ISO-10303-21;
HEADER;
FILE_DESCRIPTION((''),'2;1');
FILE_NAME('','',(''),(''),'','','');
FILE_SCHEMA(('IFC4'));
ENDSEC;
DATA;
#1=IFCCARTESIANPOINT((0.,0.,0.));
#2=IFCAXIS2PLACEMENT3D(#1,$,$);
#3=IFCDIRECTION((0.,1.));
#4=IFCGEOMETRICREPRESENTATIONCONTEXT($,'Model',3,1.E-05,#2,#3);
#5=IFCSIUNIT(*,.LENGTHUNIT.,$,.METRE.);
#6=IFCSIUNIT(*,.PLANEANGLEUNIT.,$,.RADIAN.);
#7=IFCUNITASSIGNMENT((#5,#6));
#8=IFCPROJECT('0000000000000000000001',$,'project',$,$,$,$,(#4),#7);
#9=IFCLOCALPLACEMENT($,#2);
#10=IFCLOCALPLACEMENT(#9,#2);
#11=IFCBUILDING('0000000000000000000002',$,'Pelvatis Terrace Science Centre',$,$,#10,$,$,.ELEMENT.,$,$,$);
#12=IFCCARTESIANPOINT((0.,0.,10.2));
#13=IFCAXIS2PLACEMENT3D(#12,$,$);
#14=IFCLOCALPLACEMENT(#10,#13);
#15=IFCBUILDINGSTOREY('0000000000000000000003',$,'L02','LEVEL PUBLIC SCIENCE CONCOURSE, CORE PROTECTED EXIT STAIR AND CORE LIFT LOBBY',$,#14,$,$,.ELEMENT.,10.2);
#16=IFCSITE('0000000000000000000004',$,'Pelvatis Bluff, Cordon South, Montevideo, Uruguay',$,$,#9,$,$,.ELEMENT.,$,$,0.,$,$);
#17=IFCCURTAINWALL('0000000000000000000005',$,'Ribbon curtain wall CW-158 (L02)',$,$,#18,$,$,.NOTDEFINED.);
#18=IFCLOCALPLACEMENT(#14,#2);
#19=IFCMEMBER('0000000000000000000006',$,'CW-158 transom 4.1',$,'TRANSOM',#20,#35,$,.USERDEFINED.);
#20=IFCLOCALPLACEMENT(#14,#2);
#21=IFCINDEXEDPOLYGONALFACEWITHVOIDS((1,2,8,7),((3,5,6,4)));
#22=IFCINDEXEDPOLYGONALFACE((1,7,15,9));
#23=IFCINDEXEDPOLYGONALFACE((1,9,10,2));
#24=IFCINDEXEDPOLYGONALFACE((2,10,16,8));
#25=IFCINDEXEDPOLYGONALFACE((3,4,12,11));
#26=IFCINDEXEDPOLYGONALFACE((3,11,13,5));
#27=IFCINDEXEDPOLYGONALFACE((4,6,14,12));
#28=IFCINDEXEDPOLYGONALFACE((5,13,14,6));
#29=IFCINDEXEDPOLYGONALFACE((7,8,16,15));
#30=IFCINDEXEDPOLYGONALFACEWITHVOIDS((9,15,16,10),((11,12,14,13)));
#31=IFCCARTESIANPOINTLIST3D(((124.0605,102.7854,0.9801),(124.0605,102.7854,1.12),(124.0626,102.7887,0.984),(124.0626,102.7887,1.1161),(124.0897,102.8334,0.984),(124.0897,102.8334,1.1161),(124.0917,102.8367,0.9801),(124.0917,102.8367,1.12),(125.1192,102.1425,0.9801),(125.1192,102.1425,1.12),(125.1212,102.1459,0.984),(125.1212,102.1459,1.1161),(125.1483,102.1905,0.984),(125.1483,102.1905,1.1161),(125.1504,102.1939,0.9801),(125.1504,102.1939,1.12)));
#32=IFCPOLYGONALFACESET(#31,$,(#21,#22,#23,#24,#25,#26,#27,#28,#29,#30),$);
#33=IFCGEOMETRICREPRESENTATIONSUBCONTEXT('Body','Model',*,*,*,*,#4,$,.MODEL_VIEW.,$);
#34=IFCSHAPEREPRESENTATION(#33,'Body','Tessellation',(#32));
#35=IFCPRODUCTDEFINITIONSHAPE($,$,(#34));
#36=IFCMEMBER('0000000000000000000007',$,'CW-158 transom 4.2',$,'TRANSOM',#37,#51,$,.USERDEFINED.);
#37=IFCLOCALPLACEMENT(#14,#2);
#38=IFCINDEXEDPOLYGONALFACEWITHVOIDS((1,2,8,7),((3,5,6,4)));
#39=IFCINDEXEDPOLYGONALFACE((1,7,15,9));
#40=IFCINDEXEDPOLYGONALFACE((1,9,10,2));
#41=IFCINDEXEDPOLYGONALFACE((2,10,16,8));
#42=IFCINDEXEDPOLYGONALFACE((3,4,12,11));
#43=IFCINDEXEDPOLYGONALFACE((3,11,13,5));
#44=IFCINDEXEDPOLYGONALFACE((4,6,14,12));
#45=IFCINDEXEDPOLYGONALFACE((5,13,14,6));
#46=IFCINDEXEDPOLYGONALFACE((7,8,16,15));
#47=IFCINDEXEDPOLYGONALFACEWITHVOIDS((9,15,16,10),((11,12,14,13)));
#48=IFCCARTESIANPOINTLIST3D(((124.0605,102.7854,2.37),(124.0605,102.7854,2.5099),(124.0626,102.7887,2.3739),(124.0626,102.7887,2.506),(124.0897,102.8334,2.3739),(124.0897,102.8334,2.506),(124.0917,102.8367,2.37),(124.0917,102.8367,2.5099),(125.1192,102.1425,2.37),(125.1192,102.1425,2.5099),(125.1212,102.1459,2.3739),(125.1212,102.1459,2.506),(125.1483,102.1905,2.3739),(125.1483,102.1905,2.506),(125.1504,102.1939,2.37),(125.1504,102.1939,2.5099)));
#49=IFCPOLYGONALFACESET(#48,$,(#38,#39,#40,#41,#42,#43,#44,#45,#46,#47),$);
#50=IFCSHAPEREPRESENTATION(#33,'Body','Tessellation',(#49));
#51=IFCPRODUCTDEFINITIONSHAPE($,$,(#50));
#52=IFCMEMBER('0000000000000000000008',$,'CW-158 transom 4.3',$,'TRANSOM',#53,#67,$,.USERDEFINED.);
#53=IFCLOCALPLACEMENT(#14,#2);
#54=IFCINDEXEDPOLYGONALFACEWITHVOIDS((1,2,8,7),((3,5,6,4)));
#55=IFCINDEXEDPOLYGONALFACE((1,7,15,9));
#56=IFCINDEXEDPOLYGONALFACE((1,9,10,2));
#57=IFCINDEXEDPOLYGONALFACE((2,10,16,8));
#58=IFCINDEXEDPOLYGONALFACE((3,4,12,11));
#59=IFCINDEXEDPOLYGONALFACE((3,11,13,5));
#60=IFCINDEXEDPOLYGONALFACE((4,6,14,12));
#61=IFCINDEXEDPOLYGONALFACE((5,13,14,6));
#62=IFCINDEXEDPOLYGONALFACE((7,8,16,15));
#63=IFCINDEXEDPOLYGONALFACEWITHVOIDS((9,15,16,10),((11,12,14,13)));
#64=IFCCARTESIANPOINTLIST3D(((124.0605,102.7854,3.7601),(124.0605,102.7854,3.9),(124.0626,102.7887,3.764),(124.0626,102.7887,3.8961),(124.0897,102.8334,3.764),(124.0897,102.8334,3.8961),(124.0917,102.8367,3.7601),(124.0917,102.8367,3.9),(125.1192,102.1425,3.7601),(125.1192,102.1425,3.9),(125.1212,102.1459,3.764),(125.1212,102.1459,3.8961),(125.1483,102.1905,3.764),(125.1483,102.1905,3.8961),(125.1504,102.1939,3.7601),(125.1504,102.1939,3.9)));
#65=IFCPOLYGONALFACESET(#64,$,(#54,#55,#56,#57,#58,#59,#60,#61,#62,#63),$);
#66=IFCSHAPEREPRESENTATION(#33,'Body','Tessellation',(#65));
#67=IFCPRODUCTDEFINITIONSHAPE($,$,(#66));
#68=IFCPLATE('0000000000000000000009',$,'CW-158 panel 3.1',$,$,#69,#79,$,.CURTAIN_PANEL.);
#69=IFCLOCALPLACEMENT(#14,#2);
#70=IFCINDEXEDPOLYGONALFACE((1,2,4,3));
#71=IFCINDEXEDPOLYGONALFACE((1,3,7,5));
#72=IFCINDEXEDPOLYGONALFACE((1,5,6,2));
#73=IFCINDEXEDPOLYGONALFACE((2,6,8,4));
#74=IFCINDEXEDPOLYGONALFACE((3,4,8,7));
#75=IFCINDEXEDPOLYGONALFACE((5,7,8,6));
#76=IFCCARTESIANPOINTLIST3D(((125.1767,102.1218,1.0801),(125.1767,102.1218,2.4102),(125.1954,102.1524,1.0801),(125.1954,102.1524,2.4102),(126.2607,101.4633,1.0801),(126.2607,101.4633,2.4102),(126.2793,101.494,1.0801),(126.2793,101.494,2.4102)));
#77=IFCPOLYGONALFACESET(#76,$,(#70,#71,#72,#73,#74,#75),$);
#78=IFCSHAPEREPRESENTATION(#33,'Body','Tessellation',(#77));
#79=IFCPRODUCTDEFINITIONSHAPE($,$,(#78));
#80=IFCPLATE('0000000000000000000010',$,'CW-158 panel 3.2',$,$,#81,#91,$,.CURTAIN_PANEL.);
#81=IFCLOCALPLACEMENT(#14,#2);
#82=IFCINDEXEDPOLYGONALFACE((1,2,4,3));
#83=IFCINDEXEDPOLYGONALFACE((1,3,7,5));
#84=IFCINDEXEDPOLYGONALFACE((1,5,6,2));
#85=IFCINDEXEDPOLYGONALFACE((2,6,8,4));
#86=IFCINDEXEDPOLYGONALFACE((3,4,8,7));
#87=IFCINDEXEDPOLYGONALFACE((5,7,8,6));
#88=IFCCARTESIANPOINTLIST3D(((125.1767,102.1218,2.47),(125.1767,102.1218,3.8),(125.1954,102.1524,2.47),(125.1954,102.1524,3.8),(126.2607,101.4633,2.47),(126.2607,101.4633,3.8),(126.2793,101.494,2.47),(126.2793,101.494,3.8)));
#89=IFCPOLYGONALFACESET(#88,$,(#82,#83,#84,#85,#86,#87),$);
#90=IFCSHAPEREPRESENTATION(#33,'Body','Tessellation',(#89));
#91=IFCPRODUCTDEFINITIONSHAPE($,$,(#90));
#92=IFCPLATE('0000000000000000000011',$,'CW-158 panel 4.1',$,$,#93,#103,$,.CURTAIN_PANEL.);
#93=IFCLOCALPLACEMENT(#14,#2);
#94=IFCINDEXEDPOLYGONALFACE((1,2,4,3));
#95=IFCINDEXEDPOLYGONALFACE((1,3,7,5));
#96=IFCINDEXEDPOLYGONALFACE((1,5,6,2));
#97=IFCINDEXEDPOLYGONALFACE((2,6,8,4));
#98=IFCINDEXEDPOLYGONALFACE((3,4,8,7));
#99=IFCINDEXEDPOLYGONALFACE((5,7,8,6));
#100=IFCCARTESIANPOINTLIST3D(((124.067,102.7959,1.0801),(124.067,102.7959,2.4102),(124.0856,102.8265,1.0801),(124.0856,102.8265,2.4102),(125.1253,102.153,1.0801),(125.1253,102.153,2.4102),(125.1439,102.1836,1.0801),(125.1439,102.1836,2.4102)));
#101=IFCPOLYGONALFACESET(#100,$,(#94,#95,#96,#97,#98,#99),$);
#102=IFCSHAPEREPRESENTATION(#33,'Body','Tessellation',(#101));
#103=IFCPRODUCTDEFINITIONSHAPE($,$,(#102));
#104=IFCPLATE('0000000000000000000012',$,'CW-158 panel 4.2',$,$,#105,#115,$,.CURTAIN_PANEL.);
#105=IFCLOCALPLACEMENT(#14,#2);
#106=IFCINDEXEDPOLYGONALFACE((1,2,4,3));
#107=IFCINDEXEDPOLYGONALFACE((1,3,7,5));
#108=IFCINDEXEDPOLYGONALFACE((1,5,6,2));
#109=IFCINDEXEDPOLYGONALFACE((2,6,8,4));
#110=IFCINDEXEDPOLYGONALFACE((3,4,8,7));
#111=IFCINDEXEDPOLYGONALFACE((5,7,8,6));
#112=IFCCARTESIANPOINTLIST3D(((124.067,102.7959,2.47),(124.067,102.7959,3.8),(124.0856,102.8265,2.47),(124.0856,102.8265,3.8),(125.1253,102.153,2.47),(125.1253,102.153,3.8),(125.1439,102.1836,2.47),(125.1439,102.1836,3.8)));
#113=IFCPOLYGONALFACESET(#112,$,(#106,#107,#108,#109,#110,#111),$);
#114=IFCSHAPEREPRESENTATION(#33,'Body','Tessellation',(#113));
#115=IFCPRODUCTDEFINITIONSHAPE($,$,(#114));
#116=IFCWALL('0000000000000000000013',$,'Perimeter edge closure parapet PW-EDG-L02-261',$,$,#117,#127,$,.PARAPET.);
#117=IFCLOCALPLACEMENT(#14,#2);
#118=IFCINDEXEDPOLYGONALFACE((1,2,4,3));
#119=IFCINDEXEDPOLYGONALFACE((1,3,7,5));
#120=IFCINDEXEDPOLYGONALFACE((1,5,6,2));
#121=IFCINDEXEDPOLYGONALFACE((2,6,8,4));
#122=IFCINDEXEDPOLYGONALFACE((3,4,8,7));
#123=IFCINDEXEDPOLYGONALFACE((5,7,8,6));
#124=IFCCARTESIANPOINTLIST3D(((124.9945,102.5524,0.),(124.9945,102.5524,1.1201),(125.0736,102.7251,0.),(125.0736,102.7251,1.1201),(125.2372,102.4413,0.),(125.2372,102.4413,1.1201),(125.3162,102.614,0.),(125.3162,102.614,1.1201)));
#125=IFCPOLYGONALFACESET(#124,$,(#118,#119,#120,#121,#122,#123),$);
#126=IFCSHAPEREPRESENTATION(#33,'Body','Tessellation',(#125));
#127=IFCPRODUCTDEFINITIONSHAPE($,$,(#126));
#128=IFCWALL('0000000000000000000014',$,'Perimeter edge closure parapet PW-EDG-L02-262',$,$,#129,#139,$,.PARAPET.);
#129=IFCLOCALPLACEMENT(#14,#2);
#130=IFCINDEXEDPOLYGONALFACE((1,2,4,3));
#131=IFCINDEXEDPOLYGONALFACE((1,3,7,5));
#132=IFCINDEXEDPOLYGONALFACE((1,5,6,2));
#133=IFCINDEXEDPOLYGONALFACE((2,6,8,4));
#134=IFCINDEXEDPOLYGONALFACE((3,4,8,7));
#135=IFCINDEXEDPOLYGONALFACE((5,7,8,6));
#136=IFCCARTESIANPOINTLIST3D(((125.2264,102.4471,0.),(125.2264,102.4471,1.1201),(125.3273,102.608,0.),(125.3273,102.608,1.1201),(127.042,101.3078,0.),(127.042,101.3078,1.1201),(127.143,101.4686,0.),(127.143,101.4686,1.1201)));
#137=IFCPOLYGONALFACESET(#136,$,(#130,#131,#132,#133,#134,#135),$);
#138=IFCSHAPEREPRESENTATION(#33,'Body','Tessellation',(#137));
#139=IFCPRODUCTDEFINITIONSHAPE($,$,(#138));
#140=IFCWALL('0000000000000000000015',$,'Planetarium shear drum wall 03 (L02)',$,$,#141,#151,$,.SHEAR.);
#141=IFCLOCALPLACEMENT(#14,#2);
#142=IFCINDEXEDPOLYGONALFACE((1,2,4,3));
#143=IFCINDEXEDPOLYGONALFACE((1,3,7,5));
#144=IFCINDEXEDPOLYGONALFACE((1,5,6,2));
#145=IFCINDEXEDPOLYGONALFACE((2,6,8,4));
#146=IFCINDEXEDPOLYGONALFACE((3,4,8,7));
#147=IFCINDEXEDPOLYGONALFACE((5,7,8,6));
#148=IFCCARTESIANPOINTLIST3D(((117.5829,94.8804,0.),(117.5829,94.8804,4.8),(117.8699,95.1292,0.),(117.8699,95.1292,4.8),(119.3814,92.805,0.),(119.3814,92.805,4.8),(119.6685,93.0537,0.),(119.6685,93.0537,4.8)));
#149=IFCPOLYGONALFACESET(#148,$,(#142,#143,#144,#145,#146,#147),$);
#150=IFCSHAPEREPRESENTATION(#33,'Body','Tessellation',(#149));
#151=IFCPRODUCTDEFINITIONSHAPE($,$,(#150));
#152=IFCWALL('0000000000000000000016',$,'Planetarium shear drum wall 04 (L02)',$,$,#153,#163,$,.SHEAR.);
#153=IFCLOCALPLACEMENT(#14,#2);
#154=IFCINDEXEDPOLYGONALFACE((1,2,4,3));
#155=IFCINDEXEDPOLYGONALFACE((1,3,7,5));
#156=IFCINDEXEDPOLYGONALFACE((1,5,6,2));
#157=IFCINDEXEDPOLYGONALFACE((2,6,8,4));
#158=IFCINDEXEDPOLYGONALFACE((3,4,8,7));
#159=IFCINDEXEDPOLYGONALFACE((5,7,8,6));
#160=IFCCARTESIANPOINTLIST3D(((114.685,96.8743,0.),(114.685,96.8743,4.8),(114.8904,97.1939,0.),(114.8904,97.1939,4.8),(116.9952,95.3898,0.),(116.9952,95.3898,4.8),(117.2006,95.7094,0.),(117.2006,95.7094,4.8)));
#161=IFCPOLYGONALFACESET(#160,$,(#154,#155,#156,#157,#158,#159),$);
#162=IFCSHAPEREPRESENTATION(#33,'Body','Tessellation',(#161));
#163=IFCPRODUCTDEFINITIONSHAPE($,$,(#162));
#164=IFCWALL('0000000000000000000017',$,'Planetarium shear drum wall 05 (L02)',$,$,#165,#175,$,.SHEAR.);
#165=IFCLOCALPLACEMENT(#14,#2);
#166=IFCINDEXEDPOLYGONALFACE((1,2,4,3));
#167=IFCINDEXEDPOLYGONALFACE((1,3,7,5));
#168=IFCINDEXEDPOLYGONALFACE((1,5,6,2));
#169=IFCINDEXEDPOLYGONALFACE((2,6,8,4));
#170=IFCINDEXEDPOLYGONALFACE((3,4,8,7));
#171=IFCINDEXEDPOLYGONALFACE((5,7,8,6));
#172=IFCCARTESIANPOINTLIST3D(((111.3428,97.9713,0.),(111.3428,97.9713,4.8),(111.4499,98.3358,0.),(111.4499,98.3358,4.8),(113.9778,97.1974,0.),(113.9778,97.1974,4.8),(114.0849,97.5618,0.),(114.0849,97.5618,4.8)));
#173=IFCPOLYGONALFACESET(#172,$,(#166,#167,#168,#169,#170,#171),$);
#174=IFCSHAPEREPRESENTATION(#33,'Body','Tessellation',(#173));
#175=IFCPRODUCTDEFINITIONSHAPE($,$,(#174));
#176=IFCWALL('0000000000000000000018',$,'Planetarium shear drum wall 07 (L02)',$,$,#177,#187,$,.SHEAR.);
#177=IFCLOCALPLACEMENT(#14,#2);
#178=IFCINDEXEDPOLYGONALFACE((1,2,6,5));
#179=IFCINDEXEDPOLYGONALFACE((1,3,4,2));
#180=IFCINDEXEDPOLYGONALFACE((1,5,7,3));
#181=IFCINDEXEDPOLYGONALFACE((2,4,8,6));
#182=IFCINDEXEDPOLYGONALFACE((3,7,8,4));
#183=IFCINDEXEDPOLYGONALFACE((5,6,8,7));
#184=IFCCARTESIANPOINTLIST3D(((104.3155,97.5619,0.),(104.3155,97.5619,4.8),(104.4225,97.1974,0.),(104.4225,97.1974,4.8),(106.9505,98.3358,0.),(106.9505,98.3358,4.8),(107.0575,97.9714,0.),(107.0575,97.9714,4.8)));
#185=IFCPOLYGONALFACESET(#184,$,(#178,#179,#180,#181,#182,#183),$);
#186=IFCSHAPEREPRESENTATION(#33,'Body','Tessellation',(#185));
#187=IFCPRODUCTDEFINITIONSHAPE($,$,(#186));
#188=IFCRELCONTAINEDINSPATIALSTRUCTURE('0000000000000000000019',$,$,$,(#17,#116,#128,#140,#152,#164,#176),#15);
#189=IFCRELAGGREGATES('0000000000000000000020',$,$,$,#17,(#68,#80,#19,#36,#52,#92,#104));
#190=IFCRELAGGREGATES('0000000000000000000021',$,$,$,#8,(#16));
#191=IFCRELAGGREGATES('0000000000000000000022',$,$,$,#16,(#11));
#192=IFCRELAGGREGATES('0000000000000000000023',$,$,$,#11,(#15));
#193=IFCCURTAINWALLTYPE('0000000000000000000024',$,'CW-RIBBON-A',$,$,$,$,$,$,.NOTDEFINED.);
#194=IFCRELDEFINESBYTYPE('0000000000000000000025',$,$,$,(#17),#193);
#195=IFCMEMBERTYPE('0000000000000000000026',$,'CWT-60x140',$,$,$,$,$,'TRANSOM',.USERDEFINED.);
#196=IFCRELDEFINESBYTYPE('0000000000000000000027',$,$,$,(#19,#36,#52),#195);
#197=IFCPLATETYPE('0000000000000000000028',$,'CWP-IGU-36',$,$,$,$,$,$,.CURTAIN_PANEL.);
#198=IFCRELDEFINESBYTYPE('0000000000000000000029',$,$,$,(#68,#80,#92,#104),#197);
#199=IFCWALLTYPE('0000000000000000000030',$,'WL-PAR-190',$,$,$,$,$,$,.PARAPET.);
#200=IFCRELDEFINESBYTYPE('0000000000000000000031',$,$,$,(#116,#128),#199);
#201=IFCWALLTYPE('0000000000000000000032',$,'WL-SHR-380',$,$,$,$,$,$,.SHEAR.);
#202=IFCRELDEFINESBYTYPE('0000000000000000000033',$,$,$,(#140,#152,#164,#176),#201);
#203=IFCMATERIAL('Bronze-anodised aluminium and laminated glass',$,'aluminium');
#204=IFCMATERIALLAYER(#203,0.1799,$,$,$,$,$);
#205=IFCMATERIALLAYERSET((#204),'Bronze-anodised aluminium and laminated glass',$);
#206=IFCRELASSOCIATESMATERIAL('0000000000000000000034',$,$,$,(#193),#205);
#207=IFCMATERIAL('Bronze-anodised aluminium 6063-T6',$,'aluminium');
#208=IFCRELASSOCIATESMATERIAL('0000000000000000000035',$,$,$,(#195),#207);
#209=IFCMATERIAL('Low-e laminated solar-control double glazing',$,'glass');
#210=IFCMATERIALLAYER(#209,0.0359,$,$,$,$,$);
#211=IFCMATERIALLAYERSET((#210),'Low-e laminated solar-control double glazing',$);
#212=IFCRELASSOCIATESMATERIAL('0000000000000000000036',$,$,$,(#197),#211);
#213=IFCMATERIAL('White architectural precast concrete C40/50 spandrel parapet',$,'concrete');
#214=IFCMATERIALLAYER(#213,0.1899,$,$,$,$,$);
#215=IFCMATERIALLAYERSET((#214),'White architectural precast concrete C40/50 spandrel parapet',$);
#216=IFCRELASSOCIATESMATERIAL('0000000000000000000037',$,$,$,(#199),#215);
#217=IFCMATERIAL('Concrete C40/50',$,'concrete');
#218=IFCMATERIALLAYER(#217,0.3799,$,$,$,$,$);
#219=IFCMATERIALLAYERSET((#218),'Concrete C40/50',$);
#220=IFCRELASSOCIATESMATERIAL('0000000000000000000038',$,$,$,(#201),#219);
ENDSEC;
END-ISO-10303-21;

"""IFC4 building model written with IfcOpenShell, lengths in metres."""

from ifc_helpers import new_model, si_unit, direction, frame, frame_2d, origin, origin_2d, place, context, subcontext, project, spatial, rectangle, hollow_rectangle, extrude, material, layer, layer_set, material_profile, profile_set, type_object, element, aggregate, save


model = new_model("IFC4")

# Units and contexts
model_context = context("Model", 3, precision=1e-05, world=origin(), true_north=direction((0.0, 1.0)))
body_context = subcontext(model_context, "Body", "Model", "MODEL_VIEW")
ifc_project = project(units=[si_unit("LENGTHUNIT", "METRE"), si_unit("PLANEANGLEUNIT", "RADIAN")], contexts=[model_context])

# Site, building, storey
site_placement = place(None, origin())
site = spatial("IfcSite", under=ifc_project, at=site_placement, Name="Pelvatis Bluff, Cordon South, Montevideo, Uruguay", CompositionType="ELEMENT", RefElevation=0.0)
building_placement = place(site_placement, origin())
building = spatial("IfcBuilding", under=site, at=building_placement, Name="Pelvatis Terrace Science Centre", CompositionType="ELEMENT")
storey_placement = place(building_placement, frame((0.0, 0.0, 10.2)))
storey = spatial("IfcBuildingStorey", under=building, at=storey_placement, Name="L02", Description="LEVEL PUBLIC SCIENCE CONCOURSE, CORE PROTECTED EXIT STAIR AND CORE LIFT LOBBY", CompositionType="ELEMENT", Elevation=10.2)

# Curtain wall, members, plates
ifc_material_1 = material(Name="Bronze-anodised aluminium and laminated glass", Category="aluminium")
ifc_layer_1 = layer(ifc_material_1, 0.1799)
ifc_layer_set_1 = layer_set([ifc_layer_1], Name="Bronze-anodised aluminium and laminated glass")
curtain_wall_type = type_object("IfcCurtainWallType", Name="CW-RIBBON-A", PredefinedType="NOTDEFINED", material=ifc_layer_set_1)
curtain_wall_placement = place(storey_placement, origin())
curtain_wall = element("IfcCurtainWall", 1, at=curtain_wall_placement, inside=storey, type_object=curtain_wall_type, Name="Ribbon curtain wall CW-158 (L02)", PredefinedType="NOTDEFINED")
ifc_material_2 = material(Name="Bronze-anodised aluminium 6063-T6", Category="aluminium")
ifc_material_profile_1 = material_profile(ifc_material_2, hollow_rectangle(XDim=0.0601, YDim=0.1399, WallThickness=0.0039, at=origin_2d()), Name="ALU-TRN 60x140")
ifc_profile_set_1 = profile_set([ifc_material_profile_1], Name="Bronze-anodised aluminium 6063-T6")
member_type_1 = type_object("IfcMemberType", Name="CWT-60x140", ElementType="TRANSOM", PredefinedType="USERDEFINED", material=ifc_profile_set_1)
member_1_placement = place(storey_placement, frame((125.1348, 102.1682, 1.05), z_axis=(-0.85475, 0.51904, 0.0), x_axis=(-0.51904, -0.85475, 0.0)))
member_1 = element("IfcMember", 2, at=member_1_placement, type_object=member_type_1, Name="CW-158 transom 4.1", ObjectType="TRANSOM", PredefinedType="USERDEFINED", context=body_context, shape_type="SweptSolid", body=[
    extrude(hollow_rectangle(XDim=0.0601, YDim=0.1399, WallThickness=0.0039, at=origin_2d()), origin(), (0.0, 0.0, 1.0), 1.2385),
])
member_2_placement = place(storey_placement, frame((125.1348, 102.1682, 2.4399), z_axis=(-0.85475, 0.51904, 0.0), x_axis=(-0.51904, -0.85475, 0.0)))
member_2 = element("IfcMember", 3, at=member_2_placement, type_object=member_type_1, Name="CW-158 transom 4.2", ObjectType="TRANSOM", PredefinedType="USERDEFINED", context=body_context, shape_type="SweptSolid", body=[
    extrude(hollow_rectangle(XDim=0.0601, YDim=0.1399, WallThickness=0.0039, at=origin_2d()), origin(), (0.0, 0.0, 1.0), 1.2385),
])
member_3_placement = place(storey_placement, frame((125.1348, 102.1682, 3.8301), z_axis=(-0.85475, 0.51904, 0.0), x_axis=(-0.51904, -0.85475, 0.0)))
member_3 = element("IfcMember", 4, at=member_3_placement, type_object=member_type_1, Name="CW-158 transom 4.3", ObjectType="TRANSOM", PredefinedType="USERDEFINED", context=body_context, shape_type="SweptSolid", body=[
    extrude(hollow_rectangle(XDim=0.0601, YDim=0.1399, WallThickness=0.0039, at=origin_2d()), origin(), (0.0, 0.0, 1.0), 1.2385),
])
ifc_material_3 = material(Name="Low-e laminated solar-control double glazing", Category="glass")
ifc_layer_2 = layer(ifc_material_3, 0.0359)
ifc_layer_set_2 = layer_set([ifc_layer_2], Name="Low-e laminated solar-control double glazing")
plate_type = type_object("IfcPlateType", Name="CWP-IGU-36", PredefinedType="CURTAIN_PANEL", material=ifc_layer_set_2)
plate_1_placement = place(storey_placement, frame((125.728, 101.8079, 1.0801), z_axis=(0.0, 0.0, 1.0), x_axis=(-0.854659, 0.51919, 0.0)))
plate_1 = element("IfcPlate", 5, at=plate_1_placement, type_object=plate_type, Name="CW-158 panel 3.1", PredefinedType="CURTAIN_PANEL", context=body_context, shape_type="SweptSolid", body=[
    extrude(rectangle(XDim=1.2683, YDim=0.0359, at=origin_2d()), origin(), (0.0, 0.0, 1.0), 1.3301),
])
plate_2_placement = place(storey_placement, frame((125.728, 101.8079, 2.47), z_axis=(0.0, 0.0, 1.0), x_axis=(-0.854659, 0.51919, 0.0)))
plate_2 = element("IfcPlate", 6, at=plate_2_placement, type_object=plate_type, Name="CW-158 panel 3.2", PredefinedType="CURTAIN_PANEL", context=body_context, shape_type="SweptSolid", body=[
    extrude(rectangle(XDim=1.2683, YDim=0.0359, at=origin_2d()), origin(), (0.0, 0.0, 1.0), 1.3301),
])
plate_3_placement = place(storey_placement, frame((124.6055, 102.4897, 1.0801), z_axis=(0.0, 0.0, 1.0), x_axis=(-0.854659, 0.51919, 0.0)))
plate_3 = element("IfcPlate", 7, at=plate_3_placement, type_object=plate_type, Name="CW-158 panel 4.1", PredefinedType="CURTAIN_PANEL", context=body_context, shape_type="SweptSolid", body=[
    extrude(rectangle(XDim=1.2383, YDim=0.0359, at=origin_2d()), origin(), (0.0, 0.0, 1.0), 1.3301),
])
plate_4_placement = place(storey_placement, frame((124.6055, 102.4897, 2.47), z_axis=(0.0, 0.0, 1.0), x_axis=(-0.854659, 0.51919, 0.0)))
plate_4 = element("IfcPlate", 8, at=plate_4_placement, type_object=plate_type, Name="CW-158 panel 4.2", PredefinedType="CURTAIN_PANEL", context=body_context, shape_type="SweptSolid", body=[
    extrude(rectangle(XDim=1.2383, YDim=0.0359, at=origin_2d()), origin(), (0.0, 0.0, 1.0), 1.3301),
])
aggregate(curtain_wall, [plate_1, plate_2, member_1, member_2, member_3, plate_3, plate_4])

# Walls
ifc_material_4 = material(Name="White architectural precast concrete C40/50 spandrel parapet", Category="concrete")
ifc_layer_3 = layer(ifc_material_4, 0.1899)
ifc_layer_set_3 = layer_set([ifc_layer_3], Name="White architectural precast concrete C40/50 spandrel parapet")
wall_type_1 = type_object("IfcWallType", Name="WL-PAR-190", PredefinedType="PARAPET", material=ifc_layer_set_3)
wall_1_placement = place(storey_placement, frame((125.0342, 102.6387, 0.0), z_axis=(0.0, 0.0, 1.0), x_axis=(0.909267, -0.416214, 0.0)))
element("IfcWall", 9, at=wall_1_placement, inside=storey, type_object=wall_type_1, Name="Perimeter edge closure parapet PW-EDG-L02-261", PredefinedType="PARAPET", context=body_context, shape_type="SweptSolid", body=[
    extrude(rectangle(XDim=0.2668, YDim=0.1899, at=frame_2d((0.1333, 0.0))), origin(), (0.0, 0.0, 1.0), 1.1201),
])
wall_2_placement = place(storey_placement, frame((125.2769, 102.5276, 0.0), z_axis=(0.0, 0.0, 1.0), x_axis=(0.847031, -0.531544, 0.0)))
element("IfcWall", 10, at=wall_2_placement, inside=storey, type_object=wall_type_1, Name="Perimeter edge closure parapet PW-EDG-L02-262", PredefinedType="PARAPET", context=body_context, shape_type="SweptSolid", body=[
    extrude(rectangle(XDim=2.1436, YDim=0.1899, at=frame_2d((1.0718, 0.0))), origin(), (0.0, 0.0, 1.0), 1.1201),
])
ifc_material_5 = material(Name="Concrete C40/50", Category="concrete")
ifc_layer_4 = layer(ifc_material_5, 0.3799)
ifc_layer_set_4 = layer_set([ifc_layer_4], Name="Concrete C40/50")
wall_type_2 = type_object("IfcWallType", Name="WL-SHR-380", PredefinedType="SHEAR", material=ifc_layer_set_4)
wall_3_placement = place(storey_placement, frame((119.5249, 92.9294, 0.0), z_axis=(0.0, 0.0, 1.0), x_axis=(-0.654903, 0.755713, 0.0)))
element("IfcWall", 11, at=wall_3_placement, inside=storey, type_object=wall_type_2, Name="Planetarium shear drum wall 03 (L02)", PredefinedType="SHEAR", context=body_context, shape_type="SweptSolid", body=[
    extrude(rectangle(XDim=2.7463, YDim=0.3799, at=frame_2d((1.373, 0.0))), origin(), (0.0, 0.0, 1.0), 4.8),
])
wall_4_placement = place(storey_placement, frame((117.0979, 95.5496, 0.0), z_axis=(0.0, 0.0, 1.0), x_axis=(-0.841274, 0.540609, 0.0)))
element("IfcWall", 12, at=wall_4_placement, inside=storey, type_object=wall_type_2, Name="Planetarium shear drum wall 04 (L02)", PredefinedType="SHEAR", context=body_context, shape_type="SweptSolid", body=[
    extrude(rectangle(XDim=2.7461, YDim=0.3799, at=frame_2d((1.373, 0.0))), origin(), (0.0, 0.0, 1.0), 4.8),
])
for number, where, z_axis, x_axis, name in (
    (13, (114.0312, 97.3796, 0.0), (0.0, 0.0, 1.0), (-0.959472, 0.281805, 0.0), "Planetarium shear drum wall 05 (L02)"),
    (14, (107.0039, 98.1536, 0.0), (0.0, 0.0, 1.0), (-0.959472, -0.281805, 0.0), "Planetarium shear drum wall 07 (L02)"),
):
    element("IfcWall", number, at=place(storey_placement, frame(where, z_axis=z_axis, x_axis=x_axis)), inside=storey, type_object=wall_type_2, Name=name, PredefinedType="SHEAR", context=body_context, shape_type="SweptSolid", body=[
        extrude(rectangle(XDim=2.7463, YDim=0.3799, at=frame_2d((1.373, 0.0))), origin(), (0.0, 0.0, 1.0), 4.8),
    ])

save(model, "model.ifc")
